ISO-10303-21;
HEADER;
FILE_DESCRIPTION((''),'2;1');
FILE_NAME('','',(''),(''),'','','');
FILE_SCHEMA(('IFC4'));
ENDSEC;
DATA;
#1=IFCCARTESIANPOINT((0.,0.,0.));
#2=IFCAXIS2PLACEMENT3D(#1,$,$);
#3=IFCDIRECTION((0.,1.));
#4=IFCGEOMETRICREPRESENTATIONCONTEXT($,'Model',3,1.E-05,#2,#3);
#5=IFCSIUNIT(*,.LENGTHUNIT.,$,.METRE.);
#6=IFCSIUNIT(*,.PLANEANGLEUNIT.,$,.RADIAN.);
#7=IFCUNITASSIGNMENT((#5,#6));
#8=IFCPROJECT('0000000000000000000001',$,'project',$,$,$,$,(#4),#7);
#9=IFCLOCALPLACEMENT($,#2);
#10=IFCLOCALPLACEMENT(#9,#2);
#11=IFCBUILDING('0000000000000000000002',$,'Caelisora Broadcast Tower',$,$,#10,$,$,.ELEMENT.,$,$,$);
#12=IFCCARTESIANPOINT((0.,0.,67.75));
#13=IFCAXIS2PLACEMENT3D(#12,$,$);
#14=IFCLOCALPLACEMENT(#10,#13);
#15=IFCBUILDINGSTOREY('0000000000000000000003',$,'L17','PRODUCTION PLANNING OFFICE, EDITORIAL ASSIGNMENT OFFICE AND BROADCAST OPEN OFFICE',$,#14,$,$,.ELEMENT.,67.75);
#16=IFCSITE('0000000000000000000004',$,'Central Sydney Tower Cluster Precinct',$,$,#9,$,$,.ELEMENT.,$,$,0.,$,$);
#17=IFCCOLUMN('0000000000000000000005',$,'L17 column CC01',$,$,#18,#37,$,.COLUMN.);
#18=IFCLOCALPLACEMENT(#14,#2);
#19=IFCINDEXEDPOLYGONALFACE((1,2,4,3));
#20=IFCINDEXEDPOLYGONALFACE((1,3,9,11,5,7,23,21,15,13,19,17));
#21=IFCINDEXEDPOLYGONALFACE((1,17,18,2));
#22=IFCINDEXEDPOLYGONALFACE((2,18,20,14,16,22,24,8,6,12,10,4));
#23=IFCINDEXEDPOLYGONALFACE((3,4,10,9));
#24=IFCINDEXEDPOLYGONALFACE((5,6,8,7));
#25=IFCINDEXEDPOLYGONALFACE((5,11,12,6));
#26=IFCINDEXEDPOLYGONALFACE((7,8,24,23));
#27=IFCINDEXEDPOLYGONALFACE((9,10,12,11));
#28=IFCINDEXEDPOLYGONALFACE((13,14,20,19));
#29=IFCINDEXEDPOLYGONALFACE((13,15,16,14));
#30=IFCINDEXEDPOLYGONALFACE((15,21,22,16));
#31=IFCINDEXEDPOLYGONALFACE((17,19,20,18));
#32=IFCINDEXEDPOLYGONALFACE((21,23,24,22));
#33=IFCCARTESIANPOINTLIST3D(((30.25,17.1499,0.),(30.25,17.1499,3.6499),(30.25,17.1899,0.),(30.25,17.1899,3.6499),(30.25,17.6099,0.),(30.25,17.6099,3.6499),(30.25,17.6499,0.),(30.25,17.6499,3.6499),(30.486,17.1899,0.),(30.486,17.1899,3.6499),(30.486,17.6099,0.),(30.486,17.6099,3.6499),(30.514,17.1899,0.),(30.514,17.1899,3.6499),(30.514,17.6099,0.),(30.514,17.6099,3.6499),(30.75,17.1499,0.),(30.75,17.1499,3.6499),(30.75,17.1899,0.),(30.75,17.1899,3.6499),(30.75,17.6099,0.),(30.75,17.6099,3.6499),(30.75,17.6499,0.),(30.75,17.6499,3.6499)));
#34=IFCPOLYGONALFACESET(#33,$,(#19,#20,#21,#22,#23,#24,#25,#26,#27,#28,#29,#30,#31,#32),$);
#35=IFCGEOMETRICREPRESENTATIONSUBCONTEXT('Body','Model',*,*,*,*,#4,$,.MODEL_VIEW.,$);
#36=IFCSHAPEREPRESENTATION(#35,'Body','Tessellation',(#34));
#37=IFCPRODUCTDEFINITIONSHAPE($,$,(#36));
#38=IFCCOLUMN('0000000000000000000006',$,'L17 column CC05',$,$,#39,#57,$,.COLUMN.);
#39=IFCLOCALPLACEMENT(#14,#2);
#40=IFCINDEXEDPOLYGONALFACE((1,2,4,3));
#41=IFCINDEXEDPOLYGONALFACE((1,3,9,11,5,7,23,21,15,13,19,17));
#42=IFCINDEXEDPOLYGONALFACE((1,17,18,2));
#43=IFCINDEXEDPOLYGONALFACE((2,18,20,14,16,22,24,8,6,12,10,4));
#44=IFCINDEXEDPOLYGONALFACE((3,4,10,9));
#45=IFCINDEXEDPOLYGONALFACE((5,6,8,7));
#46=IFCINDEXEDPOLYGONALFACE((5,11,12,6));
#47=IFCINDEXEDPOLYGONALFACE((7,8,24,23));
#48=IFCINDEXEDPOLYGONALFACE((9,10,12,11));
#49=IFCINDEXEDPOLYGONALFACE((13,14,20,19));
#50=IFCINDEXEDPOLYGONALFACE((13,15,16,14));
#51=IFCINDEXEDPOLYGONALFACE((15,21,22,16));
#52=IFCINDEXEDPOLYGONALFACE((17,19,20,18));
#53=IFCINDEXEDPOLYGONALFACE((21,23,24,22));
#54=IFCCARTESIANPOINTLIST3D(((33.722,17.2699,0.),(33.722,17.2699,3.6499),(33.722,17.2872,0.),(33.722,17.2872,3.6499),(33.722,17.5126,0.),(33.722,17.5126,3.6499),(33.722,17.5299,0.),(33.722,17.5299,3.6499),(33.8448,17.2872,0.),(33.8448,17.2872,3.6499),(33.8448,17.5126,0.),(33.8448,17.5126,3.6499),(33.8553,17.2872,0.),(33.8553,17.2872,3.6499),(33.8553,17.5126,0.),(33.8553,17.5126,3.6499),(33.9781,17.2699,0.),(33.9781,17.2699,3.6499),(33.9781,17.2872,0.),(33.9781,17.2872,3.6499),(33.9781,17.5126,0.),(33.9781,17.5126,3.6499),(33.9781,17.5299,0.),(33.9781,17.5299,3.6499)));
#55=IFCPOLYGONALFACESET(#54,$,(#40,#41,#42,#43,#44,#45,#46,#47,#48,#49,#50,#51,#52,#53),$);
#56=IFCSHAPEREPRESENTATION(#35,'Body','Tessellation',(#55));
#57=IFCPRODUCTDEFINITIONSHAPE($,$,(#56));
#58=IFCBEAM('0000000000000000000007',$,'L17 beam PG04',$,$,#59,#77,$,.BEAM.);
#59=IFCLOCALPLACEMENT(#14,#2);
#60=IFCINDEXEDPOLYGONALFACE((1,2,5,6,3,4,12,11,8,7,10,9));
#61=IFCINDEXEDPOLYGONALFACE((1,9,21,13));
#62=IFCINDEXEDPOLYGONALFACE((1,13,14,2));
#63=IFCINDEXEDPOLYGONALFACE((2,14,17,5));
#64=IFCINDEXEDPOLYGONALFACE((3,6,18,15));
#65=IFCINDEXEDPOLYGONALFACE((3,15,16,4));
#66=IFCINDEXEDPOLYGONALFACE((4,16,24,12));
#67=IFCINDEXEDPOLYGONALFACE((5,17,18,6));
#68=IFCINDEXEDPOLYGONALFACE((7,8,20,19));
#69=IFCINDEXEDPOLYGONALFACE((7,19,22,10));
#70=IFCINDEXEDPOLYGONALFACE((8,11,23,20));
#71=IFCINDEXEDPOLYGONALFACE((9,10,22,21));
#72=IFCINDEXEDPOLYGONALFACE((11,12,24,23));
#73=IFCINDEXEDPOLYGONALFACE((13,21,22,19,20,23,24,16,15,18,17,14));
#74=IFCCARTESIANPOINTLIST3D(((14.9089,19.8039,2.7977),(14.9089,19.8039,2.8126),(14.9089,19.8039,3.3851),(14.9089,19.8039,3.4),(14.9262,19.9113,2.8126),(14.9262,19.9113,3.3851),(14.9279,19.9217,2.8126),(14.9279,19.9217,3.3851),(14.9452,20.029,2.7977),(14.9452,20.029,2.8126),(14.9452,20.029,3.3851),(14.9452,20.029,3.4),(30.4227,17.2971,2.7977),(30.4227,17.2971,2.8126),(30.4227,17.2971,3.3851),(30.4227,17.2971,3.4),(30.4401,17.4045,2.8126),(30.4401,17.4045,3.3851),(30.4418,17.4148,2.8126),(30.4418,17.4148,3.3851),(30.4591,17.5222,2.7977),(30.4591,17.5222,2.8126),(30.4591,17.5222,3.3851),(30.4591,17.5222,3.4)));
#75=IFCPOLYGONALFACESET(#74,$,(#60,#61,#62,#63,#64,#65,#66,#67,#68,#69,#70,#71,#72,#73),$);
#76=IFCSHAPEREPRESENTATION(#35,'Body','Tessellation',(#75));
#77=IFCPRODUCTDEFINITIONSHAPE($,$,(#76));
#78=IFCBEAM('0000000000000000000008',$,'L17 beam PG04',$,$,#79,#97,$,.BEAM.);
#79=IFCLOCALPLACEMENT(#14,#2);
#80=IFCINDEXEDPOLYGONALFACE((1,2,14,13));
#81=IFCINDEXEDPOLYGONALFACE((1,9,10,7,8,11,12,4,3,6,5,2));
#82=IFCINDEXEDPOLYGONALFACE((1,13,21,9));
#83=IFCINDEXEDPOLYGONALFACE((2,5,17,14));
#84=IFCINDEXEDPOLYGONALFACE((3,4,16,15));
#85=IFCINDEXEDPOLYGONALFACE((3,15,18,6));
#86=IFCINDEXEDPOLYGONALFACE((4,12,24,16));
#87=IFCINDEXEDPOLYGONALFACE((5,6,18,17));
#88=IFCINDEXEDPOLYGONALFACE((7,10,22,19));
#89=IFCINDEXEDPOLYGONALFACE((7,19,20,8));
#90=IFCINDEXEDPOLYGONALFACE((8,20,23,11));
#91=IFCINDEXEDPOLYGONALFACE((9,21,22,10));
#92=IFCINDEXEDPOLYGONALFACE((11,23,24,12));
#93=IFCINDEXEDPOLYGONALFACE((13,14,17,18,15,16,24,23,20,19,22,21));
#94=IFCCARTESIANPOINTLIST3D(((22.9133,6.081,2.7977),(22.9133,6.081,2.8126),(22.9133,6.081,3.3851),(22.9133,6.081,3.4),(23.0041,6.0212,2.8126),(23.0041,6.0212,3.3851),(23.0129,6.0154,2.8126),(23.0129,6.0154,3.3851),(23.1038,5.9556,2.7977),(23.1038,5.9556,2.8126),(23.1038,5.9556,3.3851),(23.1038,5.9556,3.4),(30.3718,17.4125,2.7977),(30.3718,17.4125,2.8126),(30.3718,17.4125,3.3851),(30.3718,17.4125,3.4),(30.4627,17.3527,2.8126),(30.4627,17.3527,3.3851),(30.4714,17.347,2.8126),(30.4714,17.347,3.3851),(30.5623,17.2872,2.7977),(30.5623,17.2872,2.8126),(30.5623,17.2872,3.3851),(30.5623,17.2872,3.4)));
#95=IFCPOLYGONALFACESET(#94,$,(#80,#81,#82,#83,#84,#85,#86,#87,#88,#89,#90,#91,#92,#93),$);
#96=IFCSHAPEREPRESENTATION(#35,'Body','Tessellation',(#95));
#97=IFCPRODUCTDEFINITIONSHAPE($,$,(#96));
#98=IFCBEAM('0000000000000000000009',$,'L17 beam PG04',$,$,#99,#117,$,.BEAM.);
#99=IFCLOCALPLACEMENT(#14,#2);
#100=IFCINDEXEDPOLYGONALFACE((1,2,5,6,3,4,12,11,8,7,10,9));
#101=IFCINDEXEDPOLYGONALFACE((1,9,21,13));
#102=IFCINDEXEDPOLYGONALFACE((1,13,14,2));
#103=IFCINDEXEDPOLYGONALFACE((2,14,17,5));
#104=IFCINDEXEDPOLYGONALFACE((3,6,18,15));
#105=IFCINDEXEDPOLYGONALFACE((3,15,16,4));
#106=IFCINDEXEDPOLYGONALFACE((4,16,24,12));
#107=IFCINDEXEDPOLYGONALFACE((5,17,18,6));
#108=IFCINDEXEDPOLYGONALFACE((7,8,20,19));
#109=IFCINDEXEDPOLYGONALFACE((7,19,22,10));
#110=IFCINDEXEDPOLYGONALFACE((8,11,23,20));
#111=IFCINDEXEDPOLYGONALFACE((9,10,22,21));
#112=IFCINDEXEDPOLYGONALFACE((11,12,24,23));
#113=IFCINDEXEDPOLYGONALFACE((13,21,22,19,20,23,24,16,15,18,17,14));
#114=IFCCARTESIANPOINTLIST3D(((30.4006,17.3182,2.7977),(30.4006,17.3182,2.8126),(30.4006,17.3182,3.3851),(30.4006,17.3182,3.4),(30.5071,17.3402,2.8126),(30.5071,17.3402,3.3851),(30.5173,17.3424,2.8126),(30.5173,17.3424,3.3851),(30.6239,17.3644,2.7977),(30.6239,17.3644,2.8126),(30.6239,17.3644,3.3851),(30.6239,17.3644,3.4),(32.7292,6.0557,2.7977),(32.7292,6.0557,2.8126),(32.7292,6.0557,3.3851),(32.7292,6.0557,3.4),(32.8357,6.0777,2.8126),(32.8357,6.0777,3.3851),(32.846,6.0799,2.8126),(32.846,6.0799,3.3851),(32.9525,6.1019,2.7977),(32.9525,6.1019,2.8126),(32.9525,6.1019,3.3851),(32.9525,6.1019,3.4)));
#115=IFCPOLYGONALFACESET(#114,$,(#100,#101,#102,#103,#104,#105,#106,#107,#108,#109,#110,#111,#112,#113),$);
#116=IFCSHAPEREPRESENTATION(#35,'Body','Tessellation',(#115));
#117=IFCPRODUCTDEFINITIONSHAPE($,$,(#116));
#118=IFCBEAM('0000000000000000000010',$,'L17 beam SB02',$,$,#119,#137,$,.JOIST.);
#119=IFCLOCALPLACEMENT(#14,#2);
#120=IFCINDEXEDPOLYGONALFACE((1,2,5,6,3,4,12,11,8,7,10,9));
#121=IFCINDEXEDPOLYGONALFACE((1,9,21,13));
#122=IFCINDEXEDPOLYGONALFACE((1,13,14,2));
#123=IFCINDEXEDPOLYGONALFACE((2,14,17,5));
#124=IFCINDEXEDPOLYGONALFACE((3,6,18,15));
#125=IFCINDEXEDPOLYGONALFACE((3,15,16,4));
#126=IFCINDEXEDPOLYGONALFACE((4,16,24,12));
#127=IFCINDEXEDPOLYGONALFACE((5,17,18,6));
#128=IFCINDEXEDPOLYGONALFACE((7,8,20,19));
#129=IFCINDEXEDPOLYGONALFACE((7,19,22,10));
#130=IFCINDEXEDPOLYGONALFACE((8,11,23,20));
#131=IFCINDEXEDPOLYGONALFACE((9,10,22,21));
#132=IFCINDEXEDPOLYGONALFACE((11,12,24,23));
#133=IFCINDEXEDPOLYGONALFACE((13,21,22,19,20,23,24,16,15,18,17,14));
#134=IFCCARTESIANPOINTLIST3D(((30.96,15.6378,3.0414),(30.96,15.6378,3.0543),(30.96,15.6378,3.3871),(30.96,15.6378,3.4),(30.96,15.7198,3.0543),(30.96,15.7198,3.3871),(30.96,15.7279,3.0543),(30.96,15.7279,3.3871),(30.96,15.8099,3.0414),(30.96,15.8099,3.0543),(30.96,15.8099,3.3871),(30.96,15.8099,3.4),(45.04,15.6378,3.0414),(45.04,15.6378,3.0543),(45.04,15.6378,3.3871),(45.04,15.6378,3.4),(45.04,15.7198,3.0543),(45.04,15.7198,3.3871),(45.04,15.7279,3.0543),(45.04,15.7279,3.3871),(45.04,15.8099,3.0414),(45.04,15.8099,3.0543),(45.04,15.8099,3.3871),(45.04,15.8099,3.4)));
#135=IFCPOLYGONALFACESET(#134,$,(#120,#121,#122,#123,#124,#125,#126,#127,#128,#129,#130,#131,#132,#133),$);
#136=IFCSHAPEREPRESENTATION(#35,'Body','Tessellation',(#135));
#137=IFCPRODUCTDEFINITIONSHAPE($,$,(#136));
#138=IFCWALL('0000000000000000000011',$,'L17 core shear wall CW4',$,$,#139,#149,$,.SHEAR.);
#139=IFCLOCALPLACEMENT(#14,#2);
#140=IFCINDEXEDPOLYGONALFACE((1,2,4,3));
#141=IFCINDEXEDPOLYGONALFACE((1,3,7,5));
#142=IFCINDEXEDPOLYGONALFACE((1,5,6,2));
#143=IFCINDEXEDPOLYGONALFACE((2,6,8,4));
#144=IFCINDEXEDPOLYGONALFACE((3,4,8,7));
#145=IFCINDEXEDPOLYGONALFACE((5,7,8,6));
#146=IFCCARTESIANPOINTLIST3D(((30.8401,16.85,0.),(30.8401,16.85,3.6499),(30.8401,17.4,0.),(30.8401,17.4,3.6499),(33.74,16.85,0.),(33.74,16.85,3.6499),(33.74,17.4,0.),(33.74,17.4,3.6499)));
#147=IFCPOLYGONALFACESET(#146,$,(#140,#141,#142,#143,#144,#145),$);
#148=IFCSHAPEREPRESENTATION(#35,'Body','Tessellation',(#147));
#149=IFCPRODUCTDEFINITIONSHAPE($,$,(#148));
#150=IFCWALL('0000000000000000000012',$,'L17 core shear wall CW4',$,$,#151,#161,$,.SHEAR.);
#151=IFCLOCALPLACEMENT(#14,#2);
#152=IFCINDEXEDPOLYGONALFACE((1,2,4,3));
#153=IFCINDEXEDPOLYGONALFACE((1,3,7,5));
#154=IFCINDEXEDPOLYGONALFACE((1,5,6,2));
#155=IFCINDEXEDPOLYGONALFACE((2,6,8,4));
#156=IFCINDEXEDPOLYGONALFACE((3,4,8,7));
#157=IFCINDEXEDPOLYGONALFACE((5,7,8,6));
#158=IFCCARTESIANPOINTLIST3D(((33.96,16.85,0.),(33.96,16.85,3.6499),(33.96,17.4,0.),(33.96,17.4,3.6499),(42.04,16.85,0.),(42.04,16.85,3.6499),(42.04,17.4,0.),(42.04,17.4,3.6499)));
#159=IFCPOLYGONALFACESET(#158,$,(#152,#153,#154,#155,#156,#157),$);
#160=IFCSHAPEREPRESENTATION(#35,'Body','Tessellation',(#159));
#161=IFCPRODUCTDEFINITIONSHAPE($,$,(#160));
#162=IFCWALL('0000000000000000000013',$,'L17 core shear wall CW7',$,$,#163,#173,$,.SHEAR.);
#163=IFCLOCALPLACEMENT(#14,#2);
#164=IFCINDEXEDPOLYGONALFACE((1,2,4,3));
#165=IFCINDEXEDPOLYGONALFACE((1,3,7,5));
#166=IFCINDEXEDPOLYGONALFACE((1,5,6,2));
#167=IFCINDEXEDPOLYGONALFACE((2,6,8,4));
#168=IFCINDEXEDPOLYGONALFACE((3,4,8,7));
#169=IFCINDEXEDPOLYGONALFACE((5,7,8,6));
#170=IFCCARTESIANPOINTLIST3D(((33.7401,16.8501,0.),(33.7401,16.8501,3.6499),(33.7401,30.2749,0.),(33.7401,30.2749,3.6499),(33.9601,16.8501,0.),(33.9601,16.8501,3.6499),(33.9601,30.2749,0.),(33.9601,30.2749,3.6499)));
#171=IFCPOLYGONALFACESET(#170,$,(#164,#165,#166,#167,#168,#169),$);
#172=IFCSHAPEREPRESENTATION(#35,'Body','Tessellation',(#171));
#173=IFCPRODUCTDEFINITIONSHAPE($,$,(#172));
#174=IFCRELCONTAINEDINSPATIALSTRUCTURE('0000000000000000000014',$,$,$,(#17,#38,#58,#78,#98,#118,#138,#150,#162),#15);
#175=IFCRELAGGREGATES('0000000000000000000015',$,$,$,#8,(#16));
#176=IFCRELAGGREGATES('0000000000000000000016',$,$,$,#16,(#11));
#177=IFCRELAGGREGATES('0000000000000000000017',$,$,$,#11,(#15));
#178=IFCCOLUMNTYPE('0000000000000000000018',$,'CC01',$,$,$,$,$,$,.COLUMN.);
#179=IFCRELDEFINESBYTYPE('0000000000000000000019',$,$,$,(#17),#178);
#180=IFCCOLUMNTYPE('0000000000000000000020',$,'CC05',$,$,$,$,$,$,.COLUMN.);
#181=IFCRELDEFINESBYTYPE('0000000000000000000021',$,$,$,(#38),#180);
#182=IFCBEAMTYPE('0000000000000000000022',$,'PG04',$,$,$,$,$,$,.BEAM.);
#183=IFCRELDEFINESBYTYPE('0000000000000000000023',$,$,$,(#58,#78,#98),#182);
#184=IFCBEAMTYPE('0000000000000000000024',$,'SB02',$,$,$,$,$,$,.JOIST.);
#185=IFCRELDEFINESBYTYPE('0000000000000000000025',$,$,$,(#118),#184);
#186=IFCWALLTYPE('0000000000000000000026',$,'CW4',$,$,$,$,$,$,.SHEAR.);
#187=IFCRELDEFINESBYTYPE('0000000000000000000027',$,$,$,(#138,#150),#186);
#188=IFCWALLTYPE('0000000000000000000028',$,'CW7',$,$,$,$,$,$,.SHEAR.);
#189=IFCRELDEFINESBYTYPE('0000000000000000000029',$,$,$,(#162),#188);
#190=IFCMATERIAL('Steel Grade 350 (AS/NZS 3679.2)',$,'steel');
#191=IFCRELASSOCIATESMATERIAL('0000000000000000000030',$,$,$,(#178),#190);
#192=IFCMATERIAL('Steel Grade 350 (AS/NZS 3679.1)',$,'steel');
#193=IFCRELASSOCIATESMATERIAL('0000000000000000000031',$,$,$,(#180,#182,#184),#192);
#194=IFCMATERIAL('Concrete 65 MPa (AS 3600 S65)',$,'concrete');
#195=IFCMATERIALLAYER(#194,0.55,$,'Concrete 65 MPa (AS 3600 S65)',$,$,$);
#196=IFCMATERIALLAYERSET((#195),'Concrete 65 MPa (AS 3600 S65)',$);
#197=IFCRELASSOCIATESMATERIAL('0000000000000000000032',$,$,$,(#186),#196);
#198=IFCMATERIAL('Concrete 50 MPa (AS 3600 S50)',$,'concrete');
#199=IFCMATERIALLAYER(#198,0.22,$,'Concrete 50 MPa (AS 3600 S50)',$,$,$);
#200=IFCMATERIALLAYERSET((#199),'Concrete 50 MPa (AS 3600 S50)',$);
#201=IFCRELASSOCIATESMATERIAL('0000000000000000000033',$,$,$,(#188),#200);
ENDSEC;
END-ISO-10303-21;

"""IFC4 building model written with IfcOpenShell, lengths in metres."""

from ifc_helpers import new_model, si_unit, direction, frame, frame_2d, origin, origin_2d, place, context, subcontext, project, spatial, rectangle, i_section, extrude, source, transform, mapped, material, layer, layer_set, material_profile, profile_set, type_object, type_shapes, element, save


model = new_model("IFC4")

# Units and contexts
model_context = context("Model", 3, precision=1e-05, world=origin(), true_north=direction((0.0, 1.0)))
body_context = subcontext(model_context, "Body", "Model", "MODEL_VIEW")
ifc_project = project(units=[si_unit("LENGTHUNIT", "METRE"), si_unit("PLANEANGLEUNIT", "RADIAN")], contexts=[model_context])

# Site, building, storey
site_placement = place(None, origin())
site = spatial("IfcSite", under=ifc_project, at=site_placement, Name="Central Sydney Tower Cluster Precinct", CompositionType="ELEMENT", RefElevation=0.0)
building_placement = place(site_placement, origin())
building = spatial("IfcBuilding", under=site, at=building_placement, Name="Caelisora Broadcast Tower", CompositionType="ELEMENT")
storey_placement = place(building_placement, frame((0.0, 0.0, 67.75)))
storey = spatial("IfcBuildingStorey", under=building, at=storey_placement, Name="L17", Description="PRODUCTION PLANNING OFFICE, EDITORIAL ASSIGNMENT OFFICE AND BROADCAST OPEN OFFICE", CompositionType="ELEMENT", Elevation=67.75)

# Columns
ifc_material_1 = material(Name="Steel Grade 350 (AS/NZS 3679.2)", Category="steel")
ifc_material_profile_1 = material_profile(ifc_material_1, i_section(OverallWidth=0.5, OverallDepth=0.5, WebThickness=0.0281, FlangeThickness=0.04, at=origin_2d()), Name="Steel Grade 350 (AS/NZS 3679.2)")
ifc_profile_set_1 = profile_set([ifc_material_profile_1], Name="Steel Grade 350 (AS/NZS 3679.2)")
column_type_1 = type_object("IfcColumnType", Name="CC01", PredefinedType="COLUMN", material=ifc_profile_set_1)
shared_shape_1 = source(origin(), body_context, "Body", "SweptSolid", [
    extrude(i_section(OverallWidth=0.5, OverallDepth=0.5, WebThickness=0.0281, FlangeThickness=0.04, at=origin_2d()), origin(), (0.0, 0.0, 1.0), 3.6499),
])
type_shapes(column_type_1, [shared_shape_1])
column_1_placement = place(storey_placement, frame((30.5, 17.3999, 0.0), z_axis=(0.0, 0.0, 1.0), x_axis=(1.0, 0.0, 0.0)))
element("IfcColumn", 1, at=column_1_placement, inside=storey, type_object=column_type_1, Name="L17 column CC01", PredefinedType="COLUMN", context=body_context, shape_type="MappedRepresentation", body=[
    mapped(shared_shape_1, transform((0.0, 0.0, 0.0), scale=1.0)),
])
ifc_material_2 = material(Name="Steel Grade 350 (AS/NZS 3679.1)", Category="steel")
ifc_material_profile_2 = material_profile(ifc_material_2, i_section(OverallWidth=0.2561, OverallDepth=0.26, WebThickness=0.0105, FlangeThickness=0.0173, at=origin_2d()), Name="Steel Grade 350 (AS/NZS 3679.1)")
ifc_profile_set_2 = profile_set([ifc_material_profile_2], Name="Steel Grade 350 (AS/NZS 3679.1)")
column_type_2 = type_object("IfcColumnType", Name="CC05", PredefinedType="COLUMN", material=ifc_profile_set_2)
shared_shape_2 = source(origin(), body_context, "Body", "SweptSolid", [
    extrude(i_section(OverallWidth=0.2561, OverallDepth=0.26, WebThickness=0.0105, FlangeThickness=0.0173, at=origin_2d()), origin(), (0.0, 0.0, 1.0), 3.6499),
])
type_shapes(column_type_2, [shared_shape_2])
column_2_placement = place(storey_placement, frame((33.8501, 17.3999, 0.0), z_axis=(0.0, 0.0, 1.0), x_axis=(1.0, 0.0, 0.0)))
element("IfcColumn", 2, at=column_2_placement, inside=storey, type_object=column_type_2, Name="L17 column CC05", PredefinedType="COLUMN", context=body_context, shape_type="MappedRepresentation", body=[
    mapped(shared_shape_2, transform((0.0, 0.0, 0.0), scale=1.0)),
])

# Beams
ifc_material_profile_3 = material_profile(ifc_material_2, i_section(OverallWidth=0.228, OverallDepth=0.6023, WebThickness=0.0105, FlangeThickness=0.0149, at=origin_2d()), Name="Steel Grade 350 (AS/NZS 3679.1)")
ifc_profile_set_3 = profile_set([ifc_material_profile_3], Name="Steel Grade 350 (AS/NZS 3679.1)")
beam_type_1 = type_object("IfcBeamType", Name="PG04", PredefinedType="BEAM", material=ifc_profile_set_3)
shared_shape_3 = source(origin(), body_context, "Body", "SweptSolid", [
    extrude(i_section(OverallWidth=0.228, OverallDepth=0.6023, WebThickness=0.0105, FlangeThickness=0.0149, at=origin_2d()), origin(), (0.0, 0.0, 1.0), 15.7151),
])
beam_1_placement = place(storey_placement, frame((30.4409, 17.4097, 3.0989), z_axis=(-0.987195, 0.159517, 0.0), x_axis=(-0.159517, -0.987195, 0.0)))
element("IfcBeam", 3, at=beam_1_placement, inside=storey, type_object=beam_type_1, Name="L17 beam PG04", PredefinedType="BEAM", context=body_context, shape_type="MappedRepresentation", body=[
    mapped(shared_shape_3, transform((0.0, 0.0, 0.0), scale=1.0)),
])
shared_shape_4 = source(origin(), body_context, "Body", "SweptSolid", [
    extrude(i_section(OverallWidth=0.228, OverallDepth=0.6023, WebThickness=0.0105, FlangeThickness=0.0149, at=origin_2d()), origin(), (0.0, 0.0, 1.0), 13.5659),
])
beam_2_placement = place(storey_placement, frame((30.467, 17.3499, 3.0989), z_axis=(-0.549798, -0.835297, 0.0), x_axis=(0.835297, -0.549798, 0.0)))
element("IfcBeam", 4, at=beam_2_placement, inside=storey, type_object=beam_type_1, Name="L17 beam PG04", PredefinedType="BEAM", context=body_context, shape_type="MappedRepresentation", body=[
    mapped(shared_shape_4, transform((0.0, 0.0, 0.0), scale=1.0)),
])
shared_shape_5 = source(origin(), body_context, "Body", "SweptSolid", [
    extrude(i_section(OverallWidth=0.228, OverallDepth=0.6023, WebThickness=0.0105, FlangeThickness=0.0149, at=origin_2d()), origin(), (0.0, 0.0, 1.0), 11.5007),
])
type_shapes(beam_type_1, [shared_shape_3, shared_shape_4, shared_shape_5])
beam_3_placement = place(storey_placement, frame((30.5122, 17.3413, 3.0989), z_axis=(0.202476, -0.979287, 0.0), x_axis=(0.979287, 0.202476, 0.0)))
element("IfcBeam", 5, at=beam_3_placement, inside=storey, type_object=beam_type_1, Name="L17 beam PG04", PredefinedType="BEAM", context=body_context, shape_type="MappedRepresentation", body=[
    mapped(shared_shape_5, transform((0.0, 0.0, 0.0), scale=1.0)),
])
ifc_material_profile_4 = material_profile(ifc_material_2, i_section(OverallWidth=0.1721, OverallDepth=0.3586, WebThickness=0.0081, FlangeThickness=0.0129, at=origin_2d()), Name="Steel Grade 350 (AS/NZS 3679.1)")
ifc_profile_set_4 = profile_set([ifc_material_profile_4], Name="Steel Grade 350 (AS/NZS 3679.1)")
beam_type_2 = type_object("IfcBeamType", Name="SB02", PredefinedType="JOIST", material=ifc_profile_set_4)
shared_shape_6 = source(origin(), body_context, "Body", "SweptSolid", [
    extrude(i_section(OverallWidth=0.1721, OverallDepth=0.3586, WebThickness=0.0081, FlangeThickness=0.0129, at=origin_2d()), origin(), (0.0, 0.0, 1.0), 14.0801),
])
type_shapes(beam_type_2, [shared_shape_6])
beam_4_placement = place(storey_placement, frame((30.96, 15.7239, 3.2207), z_axis=(1.0, 0.0, 0.0), x_axis=(0.0, 1.0, 0.0)))
element("IfcBeam", 6, at=beam_4_placement, inside=storey, type_object=beam_type_2, Name="L17 beam SB02", PredefinedType="JOIST", context=body_context, shape_type="MappedRepresentation", body=[
    mapped(shared_shape_6, transform((0.0, 0.0, 0.0), scale=1.0)),
])

# Shared definitions
ifc_material_3 = material(Name="Concrete 65 MPa (AS 3600 S65)", Category="concrete")

# Walls
ifc_layer_1 = layer(ifc_material_3, 0.55, Name="Concrete 65 MPa (AS 3600 S65)")
ifc_layer_set_1 = layer_set([ifc_layer_1], Name="Concrete 65 MPa (AS 3600 S65)")
wall_type_1 = type_object("IfcWallType", Name="CW4", PredefinedType="SHEAR", material=ifc_layer_set_1)
wall_1_placement = place(storey_placement, frame((30.8401, 17.125, 0.0), z_axis=(0.0, 0.0, 1.0), x_axis=(1.0, 0.0, 0.0)))
element("IfcWall", 7, at=wall_1_placement, inside=storey, type_object=wall_type_1, Name="L17 core shear wall CW4", PredefinedType="SHEAR", context=body_context, shape_type="SweptSolid", body=[
    extrude(rectangle(XDim=2.8999, YDim=0.55, at=frame_2d((1.45, 0.0))), origin(), (0.0, 0.0, 1.0), 3.6499),
])
wall_2_placement = place(storey_placement, frame((33.96, 17.125, 0.0), z_axis=(0.0, 0.0, 1.0), x_axis=(1.0, 0.0, 0.0)))
element("IfcWall", 8, at=wall_2_placement, inside=storey, type_object=wall_type_1, Name="L17 core shear wall CW4", PredefinedType="SHEAR", context=body_context, shape_type="SweptSolid", body=[
    extrude(rectangle(XDim=8.0801, YDim=0.55, at=frame_2d((4.04, 0.0))), origin(), (0.0, 0.0, 1.0), 3.6499),
])
ifc_material_4 = material(Name="Concrete 50 MPa (AS 3600 S50)", Category="concrete")
ifc_layer_2 = layer(ifc_material_4, 0.22, Name="Concrete 50 MPa (AS 3600 S50)")
ifc_layer_set_2 = layer_set([ifc_layer_2], Name="Concrete 50 MPa (AS 3600 S50)")
wall_type_2 = type_object("IfcWallType", Name="CW7", PredefinedType="SHEAR", material=ifc_layer_set_2)
wall_3_placement = place(storey_placement, frame((33.8501, 16.8501, 0.0), z_axis=(0.0, 0.0, 1.0), x_axis=(0.0, 1.0, 0.0)))
element("IfcWall", 9, at=wall_3_placement, inside=storey, type_object=wall_type_2, Name="L17 core shear wall CW7", PredefinedType="SHEAR", context=body_context, shape_type="SweptSolid", body=[
    extrude(rectangle(XDim=13.4248, YDim=0.22, at=frame_2d((6.7124, 0.0))), origin(), (0.0, 0.0, 1.0), 3.6499),
])

save(model, "model.ifc")
